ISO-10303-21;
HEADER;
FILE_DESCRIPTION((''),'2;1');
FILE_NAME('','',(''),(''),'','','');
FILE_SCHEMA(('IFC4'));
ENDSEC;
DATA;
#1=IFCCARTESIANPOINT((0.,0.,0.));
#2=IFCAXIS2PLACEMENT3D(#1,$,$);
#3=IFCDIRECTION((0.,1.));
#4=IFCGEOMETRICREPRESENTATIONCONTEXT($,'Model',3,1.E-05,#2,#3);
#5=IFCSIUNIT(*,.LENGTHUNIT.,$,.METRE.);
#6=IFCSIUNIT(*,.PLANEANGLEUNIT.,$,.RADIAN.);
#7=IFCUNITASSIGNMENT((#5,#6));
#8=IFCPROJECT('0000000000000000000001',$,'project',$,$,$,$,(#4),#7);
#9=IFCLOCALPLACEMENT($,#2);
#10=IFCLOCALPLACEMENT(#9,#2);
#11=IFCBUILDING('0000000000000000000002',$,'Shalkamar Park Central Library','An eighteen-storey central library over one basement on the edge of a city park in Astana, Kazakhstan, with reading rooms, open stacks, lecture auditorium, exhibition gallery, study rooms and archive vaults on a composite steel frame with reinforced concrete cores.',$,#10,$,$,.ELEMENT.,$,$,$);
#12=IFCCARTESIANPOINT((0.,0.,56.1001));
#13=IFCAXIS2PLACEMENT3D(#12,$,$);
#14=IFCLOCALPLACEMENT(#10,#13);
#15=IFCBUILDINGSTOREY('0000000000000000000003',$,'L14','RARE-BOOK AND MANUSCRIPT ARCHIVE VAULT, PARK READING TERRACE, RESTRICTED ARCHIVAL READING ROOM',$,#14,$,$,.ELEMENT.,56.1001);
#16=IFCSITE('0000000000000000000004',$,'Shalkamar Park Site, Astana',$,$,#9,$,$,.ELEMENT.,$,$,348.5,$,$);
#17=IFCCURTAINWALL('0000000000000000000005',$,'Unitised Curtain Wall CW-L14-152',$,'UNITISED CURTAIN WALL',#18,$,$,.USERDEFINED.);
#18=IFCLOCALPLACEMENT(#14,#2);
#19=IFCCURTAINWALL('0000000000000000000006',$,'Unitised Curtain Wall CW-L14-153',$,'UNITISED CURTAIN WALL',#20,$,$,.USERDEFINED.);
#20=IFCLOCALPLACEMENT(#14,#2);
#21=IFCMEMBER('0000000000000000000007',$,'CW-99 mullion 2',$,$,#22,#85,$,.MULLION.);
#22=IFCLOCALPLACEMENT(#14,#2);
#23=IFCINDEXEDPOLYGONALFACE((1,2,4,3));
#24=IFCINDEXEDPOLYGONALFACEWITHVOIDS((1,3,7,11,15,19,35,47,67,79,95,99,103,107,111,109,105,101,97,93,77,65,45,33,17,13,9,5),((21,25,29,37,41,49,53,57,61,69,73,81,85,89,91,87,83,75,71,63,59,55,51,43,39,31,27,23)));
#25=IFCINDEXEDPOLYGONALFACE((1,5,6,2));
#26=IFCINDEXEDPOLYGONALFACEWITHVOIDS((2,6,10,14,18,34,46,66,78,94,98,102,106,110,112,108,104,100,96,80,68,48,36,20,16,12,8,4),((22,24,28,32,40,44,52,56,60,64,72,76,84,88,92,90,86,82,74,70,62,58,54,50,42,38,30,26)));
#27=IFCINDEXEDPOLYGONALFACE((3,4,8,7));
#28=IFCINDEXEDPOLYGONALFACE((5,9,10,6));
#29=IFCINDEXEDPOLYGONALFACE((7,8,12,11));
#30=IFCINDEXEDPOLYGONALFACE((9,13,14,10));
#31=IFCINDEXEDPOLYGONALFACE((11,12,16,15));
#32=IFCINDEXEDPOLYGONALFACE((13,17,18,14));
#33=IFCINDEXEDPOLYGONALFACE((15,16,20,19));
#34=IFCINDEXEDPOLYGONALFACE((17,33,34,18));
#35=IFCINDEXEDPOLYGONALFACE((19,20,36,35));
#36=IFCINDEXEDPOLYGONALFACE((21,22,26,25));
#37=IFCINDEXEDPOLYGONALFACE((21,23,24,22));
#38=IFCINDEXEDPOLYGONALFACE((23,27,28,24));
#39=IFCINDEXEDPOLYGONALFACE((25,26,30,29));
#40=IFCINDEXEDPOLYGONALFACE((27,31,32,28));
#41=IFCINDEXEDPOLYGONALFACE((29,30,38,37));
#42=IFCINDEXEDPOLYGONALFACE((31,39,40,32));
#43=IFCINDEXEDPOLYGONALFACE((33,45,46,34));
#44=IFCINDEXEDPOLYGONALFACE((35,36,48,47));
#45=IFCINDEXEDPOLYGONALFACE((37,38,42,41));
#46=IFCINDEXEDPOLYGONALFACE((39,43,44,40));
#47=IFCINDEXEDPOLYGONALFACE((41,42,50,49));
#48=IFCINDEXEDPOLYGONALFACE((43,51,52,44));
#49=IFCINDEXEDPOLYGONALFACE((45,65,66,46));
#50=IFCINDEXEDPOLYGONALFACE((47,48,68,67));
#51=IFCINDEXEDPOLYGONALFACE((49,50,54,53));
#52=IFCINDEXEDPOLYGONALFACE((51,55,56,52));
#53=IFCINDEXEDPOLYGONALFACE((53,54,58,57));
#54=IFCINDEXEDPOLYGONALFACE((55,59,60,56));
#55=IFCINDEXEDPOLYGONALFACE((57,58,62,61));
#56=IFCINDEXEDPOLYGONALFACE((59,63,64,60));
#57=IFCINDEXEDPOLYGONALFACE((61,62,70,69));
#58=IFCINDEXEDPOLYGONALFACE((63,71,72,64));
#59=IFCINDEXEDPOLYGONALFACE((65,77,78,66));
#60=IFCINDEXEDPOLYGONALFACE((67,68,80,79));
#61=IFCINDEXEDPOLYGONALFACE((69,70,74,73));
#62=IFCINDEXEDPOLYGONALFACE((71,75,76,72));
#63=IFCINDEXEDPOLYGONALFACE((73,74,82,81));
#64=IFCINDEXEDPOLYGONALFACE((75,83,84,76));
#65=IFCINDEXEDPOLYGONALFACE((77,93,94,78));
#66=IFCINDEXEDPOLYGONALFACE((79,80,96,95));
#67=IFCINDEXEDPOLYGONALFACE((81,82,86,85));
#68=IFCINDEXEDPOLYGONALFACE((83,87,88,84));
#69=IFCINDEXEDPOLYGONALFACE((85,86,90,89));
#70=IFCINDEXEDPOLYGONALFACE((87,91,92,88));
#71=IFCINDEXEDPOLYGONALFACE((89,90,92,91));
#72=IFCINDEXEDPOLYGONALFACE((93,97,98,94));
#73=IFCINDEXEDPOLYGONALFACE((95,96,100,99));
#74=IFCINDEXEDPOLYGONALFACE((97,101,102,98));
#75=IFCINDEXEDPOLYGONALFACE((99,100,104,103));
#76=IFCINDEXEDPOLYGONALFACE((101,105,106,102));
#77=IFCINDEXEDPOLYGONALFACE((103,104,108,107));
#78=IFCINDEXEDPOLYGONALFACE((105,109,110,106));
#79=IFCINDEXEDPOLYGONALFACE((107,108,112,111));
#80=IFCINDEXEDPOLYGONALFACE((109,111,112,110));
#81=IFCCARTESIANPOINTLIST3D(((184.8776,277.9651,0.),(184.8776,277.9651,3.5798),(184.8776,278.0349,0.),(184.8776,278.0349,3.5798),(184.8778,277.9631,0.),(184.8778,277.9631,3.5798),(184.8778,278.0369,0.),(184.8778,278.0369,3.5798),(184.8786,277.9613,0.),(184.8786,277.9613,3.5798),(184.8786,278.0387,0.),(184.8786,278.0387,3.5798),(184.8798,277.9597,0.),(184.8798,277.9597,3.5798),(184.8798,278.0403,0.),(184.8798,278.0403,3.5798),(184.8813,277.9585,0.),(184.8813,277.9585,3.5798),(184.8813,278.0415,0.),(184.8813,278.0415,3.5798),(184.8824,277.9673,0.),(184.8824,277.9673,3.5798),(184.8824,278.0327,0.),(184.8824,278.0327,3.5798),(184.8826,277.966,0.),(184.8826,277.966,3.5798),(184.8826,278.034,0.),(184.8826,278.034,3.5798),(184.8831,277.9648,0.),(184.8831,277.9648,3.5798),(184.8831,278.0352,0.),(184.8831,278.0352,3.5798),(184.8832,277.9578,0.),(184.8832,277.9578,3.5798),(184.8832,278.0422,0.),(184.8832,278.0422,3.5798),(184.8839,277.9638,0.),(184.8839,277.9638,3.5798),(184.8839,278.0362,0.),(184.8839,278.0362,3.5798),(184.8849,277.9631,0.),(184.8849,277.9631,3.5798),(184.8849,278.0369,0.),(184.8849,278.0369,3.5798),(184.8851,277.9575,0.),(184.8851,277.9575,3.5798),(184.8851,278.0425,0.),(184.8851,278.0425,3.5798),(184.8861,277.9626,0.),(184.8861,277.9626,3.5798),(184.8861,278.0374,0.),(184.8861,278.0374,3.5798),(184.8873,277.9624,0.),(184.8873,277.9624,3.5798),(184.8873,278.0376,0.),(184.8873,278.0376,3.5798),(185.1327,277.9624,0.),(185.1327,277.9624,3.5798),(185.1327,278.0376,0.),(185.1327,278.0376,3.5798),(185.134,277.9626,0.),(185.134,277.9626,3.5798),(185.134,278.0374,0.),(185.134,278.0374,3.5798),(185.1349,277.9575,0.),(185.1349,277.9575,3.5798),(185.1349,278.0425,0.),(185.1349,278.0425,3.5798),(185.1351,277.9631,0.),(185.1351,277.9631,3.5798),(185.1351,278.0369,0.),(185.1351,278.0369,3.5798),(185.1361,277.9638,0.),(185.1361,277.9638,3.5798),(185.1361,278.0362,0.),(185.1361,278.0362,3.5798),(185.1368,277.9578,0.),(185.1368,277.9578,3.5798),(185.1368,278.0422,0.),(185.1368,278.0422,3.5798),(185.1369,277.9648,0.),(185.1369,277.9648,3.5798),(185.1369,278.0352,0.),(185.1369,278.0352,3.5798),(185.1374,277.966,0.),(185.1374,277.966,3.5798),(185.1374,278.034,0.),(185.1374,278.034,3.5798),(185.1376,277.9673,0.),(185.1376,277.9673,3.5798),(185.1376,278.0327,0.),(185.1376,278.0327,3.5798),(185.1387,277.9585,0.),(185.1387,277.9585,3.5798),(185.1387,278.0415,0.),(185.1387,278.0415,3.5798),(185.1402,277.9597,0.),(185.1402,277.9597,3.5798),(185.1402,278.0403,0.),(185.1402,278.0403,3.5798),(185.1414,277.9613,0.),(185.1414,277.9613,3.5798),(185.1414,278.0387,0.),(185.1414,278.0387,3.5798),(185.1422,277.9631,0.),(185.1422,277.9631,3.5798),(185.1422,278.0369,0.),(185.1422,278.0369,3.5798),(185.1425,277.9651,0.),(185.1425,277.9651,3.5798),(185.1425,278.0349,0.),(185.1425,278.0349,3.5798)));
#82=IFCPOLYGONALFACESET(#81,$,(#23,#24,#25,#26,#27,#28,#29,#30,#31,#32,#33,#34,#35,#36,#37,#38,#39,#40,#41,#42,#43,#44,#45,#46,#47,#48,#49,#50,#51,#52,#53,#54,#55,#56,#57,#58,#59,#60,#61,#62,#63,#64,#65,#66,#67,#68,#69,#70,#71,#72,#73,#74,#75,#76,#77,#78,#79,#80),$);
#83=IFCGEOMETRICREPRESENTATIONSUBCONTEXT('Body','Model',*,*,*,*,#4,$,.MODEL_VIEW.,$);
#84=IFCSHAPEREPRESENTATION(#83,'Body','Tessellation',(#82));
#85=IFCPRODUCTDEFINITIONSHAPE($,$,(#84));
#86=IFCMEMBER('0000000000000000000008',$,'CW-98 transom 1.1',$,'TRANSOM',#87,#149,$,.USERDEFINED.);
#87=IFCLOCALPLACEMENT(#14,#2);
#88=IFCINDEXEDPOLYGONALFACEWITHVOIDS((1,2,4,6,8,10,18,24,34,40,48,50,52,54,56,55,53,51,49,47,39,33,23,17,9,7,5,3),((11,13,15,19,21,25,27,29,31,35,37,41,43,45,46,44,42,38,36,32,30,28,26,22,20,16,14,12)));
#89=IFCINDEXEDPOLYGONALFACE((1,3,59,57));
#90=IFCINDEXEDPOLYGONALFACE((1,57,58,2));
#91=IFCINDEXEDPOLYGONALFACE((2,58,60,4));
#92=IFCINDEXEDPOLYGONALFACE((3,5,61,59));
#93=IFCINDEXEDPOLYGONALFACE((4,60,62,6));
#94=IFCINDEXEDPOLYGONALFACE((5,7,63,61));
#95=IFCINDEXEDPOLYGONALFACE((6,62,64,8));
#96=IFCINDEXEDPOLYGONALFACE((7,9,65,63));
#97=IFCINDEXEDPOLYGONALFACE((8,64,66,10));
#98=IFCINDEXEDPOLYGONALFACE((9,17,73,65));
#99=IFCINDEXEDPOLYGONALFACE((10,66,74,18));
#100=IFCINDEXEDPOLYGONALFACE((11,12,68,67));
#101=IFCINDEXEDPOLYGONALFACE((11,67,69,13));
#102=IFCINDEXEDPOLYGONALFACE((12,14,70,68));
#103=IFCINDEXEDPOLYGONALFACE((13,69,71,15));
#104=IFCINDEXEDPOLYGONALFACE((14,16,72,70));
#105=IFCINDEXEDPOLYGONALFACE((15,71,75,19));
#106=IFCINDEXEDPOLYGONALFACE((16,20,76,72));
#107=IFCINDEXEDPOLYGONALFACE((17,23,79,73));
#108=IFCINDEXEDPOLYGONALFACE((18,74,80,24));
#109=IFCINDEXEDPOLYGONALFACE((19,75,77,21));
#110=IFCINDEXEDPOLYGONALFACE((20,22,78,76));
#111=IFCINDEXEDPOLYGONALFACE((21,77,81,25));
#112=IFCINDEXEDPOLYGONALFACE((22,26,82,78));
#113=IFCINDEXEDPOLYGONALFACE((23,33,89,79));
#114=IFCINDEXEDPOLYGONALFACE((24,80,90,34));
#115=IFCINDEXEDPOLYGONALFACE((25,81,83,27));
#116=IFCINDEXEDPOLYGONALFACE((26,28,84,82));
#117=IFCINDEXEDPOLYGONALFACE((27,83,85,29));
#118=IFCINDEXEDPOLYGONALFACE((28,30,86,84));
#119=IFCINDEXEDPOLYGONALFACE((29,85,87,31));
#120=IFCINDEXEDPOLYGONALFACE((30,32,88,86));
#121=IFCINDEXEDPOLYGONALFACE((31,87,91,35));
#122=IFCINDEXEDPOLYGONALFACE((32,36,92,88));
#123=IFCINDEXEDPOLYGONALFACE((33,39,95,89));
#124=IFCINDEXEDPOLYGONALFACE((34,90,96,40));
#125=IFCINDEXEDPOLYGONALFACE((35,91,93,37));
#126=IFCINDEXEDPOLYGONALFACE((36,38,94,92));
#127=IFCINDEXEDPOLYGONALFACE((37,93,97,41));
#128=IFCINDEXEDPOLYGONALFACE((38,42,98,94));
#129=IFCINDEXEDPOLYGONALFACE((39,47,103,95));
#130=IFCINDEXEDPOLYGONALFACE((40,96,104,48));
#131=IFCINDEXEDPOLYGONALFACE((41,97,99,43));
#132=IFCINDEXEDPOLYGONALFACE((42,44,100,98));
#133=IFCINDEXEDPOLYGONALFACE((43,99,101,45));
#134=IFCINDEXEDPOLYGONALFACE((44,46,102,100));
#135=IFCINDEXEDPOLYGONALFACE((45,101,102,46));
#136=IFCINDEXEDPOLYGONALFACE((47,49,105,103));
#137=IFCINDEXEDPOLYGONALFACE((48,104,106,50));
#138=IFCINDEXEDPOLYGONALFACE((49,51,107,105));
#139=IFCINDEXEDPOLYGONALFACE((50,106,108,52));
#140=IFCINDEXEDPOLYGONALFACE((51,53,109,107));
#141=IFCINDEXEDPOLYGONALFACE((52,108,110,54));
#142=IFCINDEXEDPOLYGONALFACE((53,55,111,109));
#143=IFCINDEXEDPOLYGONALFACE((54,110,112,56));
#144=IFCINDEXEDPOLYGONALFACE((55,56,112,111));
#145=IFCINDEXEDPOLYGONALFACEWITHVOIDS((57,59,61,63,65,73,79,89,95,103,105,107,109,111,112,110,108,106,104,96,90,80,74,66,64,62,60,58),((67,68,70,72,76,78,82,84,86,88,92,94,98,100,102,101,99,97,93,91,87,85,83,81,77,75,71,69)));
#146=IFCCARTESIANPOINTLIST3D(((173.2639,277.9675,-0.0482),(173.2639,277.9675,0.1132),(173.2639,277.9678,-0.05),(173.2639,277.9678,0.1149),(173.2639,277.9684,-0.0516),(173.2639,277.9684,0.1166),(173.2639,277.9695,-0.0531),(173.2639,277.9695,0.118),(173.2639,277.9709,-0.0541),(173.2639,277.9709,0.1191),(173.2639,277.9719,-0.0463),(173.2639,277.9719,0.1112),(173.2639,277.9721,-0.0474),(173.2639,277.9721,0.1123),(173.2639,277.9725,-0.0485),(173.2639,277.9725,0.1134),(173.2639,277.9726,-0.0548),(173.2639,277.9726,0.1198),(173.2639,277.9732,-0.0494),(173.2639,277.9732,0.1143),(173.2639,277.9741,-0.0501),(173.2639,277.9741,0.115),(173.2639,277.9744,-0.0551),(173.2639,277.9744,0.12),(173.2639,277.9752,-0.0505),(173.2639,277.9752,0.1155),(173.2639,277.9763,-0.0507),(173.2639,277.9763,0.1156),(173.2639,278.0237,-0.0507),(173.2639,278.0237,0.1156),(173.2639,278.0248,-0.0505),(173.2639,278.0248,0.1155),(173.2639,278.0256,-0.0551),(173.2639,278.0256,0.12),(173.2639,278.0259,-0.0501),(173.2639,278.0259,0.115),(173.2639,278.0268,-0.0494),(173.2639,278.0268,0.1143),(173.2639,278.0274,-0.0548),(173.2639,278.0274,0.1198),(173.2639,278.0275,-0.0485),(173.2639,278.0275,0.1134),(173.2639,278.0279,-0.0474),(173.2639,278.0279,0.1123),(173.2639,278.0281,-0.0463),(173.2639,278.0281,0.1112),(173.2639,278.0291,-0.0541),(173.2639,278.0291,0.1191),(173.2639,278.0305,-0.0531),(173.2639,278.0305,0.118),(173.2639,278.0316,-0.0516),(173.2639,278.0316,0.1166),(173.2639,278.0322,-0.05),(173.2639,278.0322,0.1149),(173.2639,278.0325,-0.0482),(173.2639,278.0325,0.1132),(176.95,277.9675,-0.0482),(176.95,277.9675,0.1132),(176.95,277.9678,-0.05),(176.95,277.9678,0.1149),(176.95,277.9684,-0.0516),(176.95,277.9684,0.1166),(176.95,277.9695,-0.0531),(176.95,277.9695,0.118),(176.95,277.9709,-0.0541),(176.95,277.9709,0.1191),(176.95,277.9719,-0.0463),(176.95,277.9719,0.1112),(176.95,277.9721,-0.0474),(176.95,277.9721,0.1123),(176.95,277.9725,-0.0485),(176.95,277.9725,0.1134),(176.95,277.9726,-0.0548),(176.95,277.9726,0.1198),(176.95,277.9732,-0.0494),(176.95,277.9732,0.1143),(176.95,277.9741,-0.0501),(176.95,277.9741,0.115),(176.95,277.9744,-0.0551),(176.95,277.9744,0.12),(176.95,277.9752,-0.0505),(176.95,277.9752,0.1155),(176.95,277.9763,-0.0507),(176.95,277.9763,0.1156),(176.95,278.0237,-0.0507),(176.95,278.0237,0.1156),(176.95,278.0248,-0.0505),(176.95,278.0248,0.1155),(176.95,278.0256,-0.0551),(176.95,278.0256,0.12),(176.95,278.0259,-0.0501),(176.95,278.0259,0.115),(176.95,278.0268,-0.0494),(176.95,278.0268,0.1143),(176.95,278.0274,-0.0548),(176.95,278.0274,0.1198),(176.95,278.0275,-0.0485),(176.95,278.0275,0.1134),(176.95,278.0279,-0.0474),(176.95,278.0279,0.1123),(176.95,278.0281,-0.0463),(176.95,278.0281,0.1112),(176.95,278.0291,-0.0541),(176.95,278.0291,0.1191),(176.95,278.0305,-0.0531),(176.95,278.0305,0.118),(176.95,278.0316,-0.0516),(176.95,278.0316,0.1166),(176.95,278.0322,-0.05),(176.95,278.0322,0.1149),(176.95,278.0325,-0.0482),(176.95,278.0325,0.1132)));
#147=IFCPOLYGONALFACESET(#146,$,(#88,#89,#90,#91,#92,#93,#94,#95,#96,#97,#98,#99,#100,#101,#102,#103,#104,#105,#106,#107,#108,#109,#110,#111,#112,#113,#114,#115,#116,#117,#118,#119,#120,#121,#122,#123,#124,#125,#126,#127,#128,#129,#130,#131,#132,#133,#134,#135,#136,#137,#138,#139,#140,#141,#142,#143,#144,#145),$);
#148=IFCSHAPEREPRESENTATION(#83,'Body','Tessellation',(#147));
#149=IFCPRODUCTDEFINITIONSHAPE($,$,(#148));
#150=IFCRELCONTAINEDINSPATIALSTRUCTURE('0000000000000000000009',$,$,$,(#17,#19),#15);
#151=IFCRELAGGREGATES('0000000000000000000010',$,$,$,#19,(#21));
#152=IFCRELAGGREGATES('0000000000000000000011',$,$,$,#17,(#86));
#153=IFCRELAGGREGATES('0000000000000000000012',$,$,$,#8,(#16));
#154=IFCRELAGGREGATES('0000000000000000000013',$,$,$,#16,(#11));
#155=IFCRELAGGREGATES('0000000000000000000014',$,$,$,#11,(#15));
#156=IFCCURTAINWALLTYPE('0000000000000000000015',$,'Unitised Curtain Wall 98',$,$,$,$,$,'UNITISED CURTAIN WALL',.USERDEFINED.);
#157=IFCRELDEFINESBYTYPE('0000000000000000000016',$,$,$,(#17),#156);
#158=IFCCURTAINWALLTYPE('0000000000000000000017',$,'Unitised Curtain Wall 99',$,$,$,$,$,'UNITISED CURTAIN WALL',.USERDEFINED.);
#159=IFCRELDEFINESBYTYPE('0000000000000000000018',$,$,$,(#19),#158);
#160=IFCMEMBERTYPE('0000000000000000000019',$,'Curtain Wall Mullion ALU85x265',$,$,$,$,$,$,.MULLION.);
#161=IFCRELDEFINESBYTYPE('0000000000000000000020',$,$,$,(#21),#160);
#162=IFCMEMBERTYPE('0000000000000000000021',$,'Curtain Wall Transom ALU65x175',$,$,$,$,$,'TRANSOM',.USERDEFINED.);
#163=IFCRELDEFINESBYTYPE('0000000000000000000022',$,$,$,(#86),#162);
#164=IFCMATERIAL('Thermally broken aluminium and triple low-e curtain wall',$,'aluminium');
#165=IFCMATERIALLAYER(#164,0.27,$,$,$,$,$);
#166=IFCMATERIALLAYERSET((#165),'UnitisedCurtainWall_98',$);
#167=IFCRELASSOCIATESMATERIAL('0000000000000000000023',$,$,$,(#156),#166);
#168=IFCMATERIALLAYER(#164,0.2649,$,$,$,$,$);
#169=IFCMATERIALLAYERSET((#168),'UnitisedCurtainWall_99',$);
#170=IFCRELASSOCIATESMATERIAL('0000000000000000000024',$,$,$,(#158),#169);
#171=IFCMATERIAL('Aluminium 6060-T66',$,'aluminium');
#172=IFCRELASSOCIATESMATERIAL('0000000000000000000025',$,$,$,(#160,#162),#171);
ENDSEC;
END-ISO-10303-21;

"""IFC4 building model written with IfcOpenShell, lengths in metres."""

from ifc_helpers import new_model, si_unit, direction, frame, origin, origin_2d, place, context, subcontext, project, spatial, hollow_rectangle, extrude, material, layer, layer_set, material_profile, profile_set, type_object, element, aggregate, save


model = new_model("IFC4")

# Units and contexts
model_context = context("Model", 3, precision=1e-05, world=origin(), true_north=direction((0.0, 1.0)))
body_context = subcontext(model_context, "Body", "Model", "MODEL_VIEW")
ifc_project = project(units=[si_unit("LENGTHUNIT", "METRE"), si_unit("PLANEANGLEUNIT", "RADIAN")], contexts=[model_context])

# Site, building, storey
site_placement = place(None, origin())
site = spatial("IfcSite", under=ifc_project, at=site_placement, Name="Shalkamar Park Site, Astana", CompositionType="ELEMENT", RefElevation=348.5)
building_placement = place(site_placement, origin())
building = spatial("IfcBuilding", under=site, at=building_placement, Name="Shalkamar Park Central Library", Description="An eighteen-storey central library over one basement on the edge of a city park in Astana, Kazakhstan, with reading rooms, open stacks, lecture auditorium, exhibition gallery, study rooms and archive vaults on a composite steel frame with reinforced concrete cores.", CompositionType="ELEMENT")
storey_placement = place(building_placement, frame((0.0, 0.0, 56.1001)))
storey = spatial("IfcBuildingStorey", under=building, at=storey_placement, Name="L14", Description="RARE-BOOK AND MANUSCRIPT ARCHIVE VAULT, PARK READING TERRACE, RESTRICTED ARCHIVAL READING ROOM", CompositionType="ELEMENT", Elevation=56.1001)

# Curtain walls, member
ifc_material_1 = material(Name="Thermally broken aluminium and triple low-e curtain wall", Category="aluminium")
ifc_layer_1 = layer(ifc_material_1, 0.27)
ifc_layer_set_1 = layer_set([ifc_layer_1], Name="UnitisedCurtainWall_98")
curtain_wall_type_1 = type_object("IfcCurtainWallType", Name="Unitised Curtain Wall 98", ElementType="UNITISED CURTAIN WALL", PredefinedType="USERDEFINED", material=ifc_layer_set_1)
curtain_wall_1_placement = place(storey_placement, origin())
curtain_wall_1 = element("IfcCurtainWall", 1, at=curtain_wall_1_placement, inside=storey, type_object=curtain_wall_type_1, Name="Unitised Curtain Wall CW-L14-152", ObjectType="UNITISED CURTAIN WALL", PredefinedType="USERDEFINED")
ifc_material_2 = material(Name="Aluminium 6060-T66", Category="aluminium")
ifc_layer_2 = layer(ifc_material_1, 0.2649)
ifc_layer_set_2 = layer_set([ifc_layer_2], Name="UnitisedCurtainWall_99")
curtain_wall_type_2 = type_object("IfcCurtainWallType", Name="Unitised Curtain Wall 99", ElementType="UNITISED CURTAIN WALL", PredefinedType="USERDEFINED", material=ifc_layer_set_2)
curtain_wall_2_placement = place(storey_placement, origin())
curtain_wall_2 = element("IfcCurtainWall", 2, at=curtain_wall_2_placement, inside=storey, type_object=curtain_wall_type_2, Name="Unitised Curtain Wall CW-L14-153", ObjectType="UNITISED CURTAIN WALL", PredefinedType="USERDEFINED")
ifc_material_profile_1 = material_profile(ifc_material_2, hollow_rectangle(XDim=0.085, YDim=0.2649, WallThickness=0.0049, InnerFilletRadius=0.0049, OuterFilletRadius=0.0076, at=origin_2d()), Name="ALU 85x265x5")
ifc_profile_set_1 = profile_set([ifc_material_profile_1], Name="Aluminium 6060-T66")
member_type_1 = type_object("IfcMemberType", Name="Curtain Wall Mullion ALU85x265", PredefinedType="MULLION", material=ifc_profile_set_1)
member_1_placement = place(storey_placement, frame((185.01, 278.0, 0.0), z_axis=(0.0, 0.0, 1.0), x_axis=(0.0, 1.0, 0.0)))
member_1 = element("IfcMember", 3, at=member_1_placement, type_object=member_type_1, Name="CW-99 mullion 2", PredefinedType="MULLION", context=body_context, shape_type="SweptSolid", body=[
    extrude(hollow_rectangle(XDim=0.085, YDim=0.2649, WallThickness=0.0049, InnerFilletRadius=0.0049, OuterFilletRadius=0.0076, at=origin_2d()), origin(), (0.0, 0.0, 1.0), 3.5798),
])

# Member
ifc_material_profile_2 = material_profile(ifc_material_2, hollow_rectangle(XDim=0.0649, YDim=0.175, WallThickness=0.0044, InnerFilletRadius=0.0044, OuterFilletRadius=0.0068, at=origin_2d()), Name="ALU 65x175x4.5")
ifc_profile_set_2 = profile_set([ifc_material_profile_2], Name="Aluminium 6060-T66")
member_type_2 = type_object("IfcMemberType", Name="Curtain Wall Transom ALU65x175", ElementType="TRANSOM", PredefinedType="USERDEFINED", material=ifc_profile_set_2)
member_2_placement = place(storey_placement, frame((173.2639, 278.0, 0.0325), z_axis=(1.0, 0.0, 0.0), x_axis=(0.0, 1.0, 0.0)))
member_2 = element("IfcMember", 4, at=member_2_placement, type_object=member_type_2, Name="CW-98 transom 1.1", ObjectType="TRANSOM", PredefinedType="USERDEFINED", context=body_context, shape_type="SweptSolid", body=[
    extrude(hollow_rectangle(XDim=0.0649, YDim=0.175, WallThickness=0.0044, InnerFilletRadius=0.0044, OuterFilletRadius=0.0068, at=origin_2d()), origin(), (0.0, 0.0, 1.0), 3.686),
])

aggregate(curtain_wall_2, [member_1])
aggregate(curtain_wall_1, [member_2])

save(model, "model.ifc")
